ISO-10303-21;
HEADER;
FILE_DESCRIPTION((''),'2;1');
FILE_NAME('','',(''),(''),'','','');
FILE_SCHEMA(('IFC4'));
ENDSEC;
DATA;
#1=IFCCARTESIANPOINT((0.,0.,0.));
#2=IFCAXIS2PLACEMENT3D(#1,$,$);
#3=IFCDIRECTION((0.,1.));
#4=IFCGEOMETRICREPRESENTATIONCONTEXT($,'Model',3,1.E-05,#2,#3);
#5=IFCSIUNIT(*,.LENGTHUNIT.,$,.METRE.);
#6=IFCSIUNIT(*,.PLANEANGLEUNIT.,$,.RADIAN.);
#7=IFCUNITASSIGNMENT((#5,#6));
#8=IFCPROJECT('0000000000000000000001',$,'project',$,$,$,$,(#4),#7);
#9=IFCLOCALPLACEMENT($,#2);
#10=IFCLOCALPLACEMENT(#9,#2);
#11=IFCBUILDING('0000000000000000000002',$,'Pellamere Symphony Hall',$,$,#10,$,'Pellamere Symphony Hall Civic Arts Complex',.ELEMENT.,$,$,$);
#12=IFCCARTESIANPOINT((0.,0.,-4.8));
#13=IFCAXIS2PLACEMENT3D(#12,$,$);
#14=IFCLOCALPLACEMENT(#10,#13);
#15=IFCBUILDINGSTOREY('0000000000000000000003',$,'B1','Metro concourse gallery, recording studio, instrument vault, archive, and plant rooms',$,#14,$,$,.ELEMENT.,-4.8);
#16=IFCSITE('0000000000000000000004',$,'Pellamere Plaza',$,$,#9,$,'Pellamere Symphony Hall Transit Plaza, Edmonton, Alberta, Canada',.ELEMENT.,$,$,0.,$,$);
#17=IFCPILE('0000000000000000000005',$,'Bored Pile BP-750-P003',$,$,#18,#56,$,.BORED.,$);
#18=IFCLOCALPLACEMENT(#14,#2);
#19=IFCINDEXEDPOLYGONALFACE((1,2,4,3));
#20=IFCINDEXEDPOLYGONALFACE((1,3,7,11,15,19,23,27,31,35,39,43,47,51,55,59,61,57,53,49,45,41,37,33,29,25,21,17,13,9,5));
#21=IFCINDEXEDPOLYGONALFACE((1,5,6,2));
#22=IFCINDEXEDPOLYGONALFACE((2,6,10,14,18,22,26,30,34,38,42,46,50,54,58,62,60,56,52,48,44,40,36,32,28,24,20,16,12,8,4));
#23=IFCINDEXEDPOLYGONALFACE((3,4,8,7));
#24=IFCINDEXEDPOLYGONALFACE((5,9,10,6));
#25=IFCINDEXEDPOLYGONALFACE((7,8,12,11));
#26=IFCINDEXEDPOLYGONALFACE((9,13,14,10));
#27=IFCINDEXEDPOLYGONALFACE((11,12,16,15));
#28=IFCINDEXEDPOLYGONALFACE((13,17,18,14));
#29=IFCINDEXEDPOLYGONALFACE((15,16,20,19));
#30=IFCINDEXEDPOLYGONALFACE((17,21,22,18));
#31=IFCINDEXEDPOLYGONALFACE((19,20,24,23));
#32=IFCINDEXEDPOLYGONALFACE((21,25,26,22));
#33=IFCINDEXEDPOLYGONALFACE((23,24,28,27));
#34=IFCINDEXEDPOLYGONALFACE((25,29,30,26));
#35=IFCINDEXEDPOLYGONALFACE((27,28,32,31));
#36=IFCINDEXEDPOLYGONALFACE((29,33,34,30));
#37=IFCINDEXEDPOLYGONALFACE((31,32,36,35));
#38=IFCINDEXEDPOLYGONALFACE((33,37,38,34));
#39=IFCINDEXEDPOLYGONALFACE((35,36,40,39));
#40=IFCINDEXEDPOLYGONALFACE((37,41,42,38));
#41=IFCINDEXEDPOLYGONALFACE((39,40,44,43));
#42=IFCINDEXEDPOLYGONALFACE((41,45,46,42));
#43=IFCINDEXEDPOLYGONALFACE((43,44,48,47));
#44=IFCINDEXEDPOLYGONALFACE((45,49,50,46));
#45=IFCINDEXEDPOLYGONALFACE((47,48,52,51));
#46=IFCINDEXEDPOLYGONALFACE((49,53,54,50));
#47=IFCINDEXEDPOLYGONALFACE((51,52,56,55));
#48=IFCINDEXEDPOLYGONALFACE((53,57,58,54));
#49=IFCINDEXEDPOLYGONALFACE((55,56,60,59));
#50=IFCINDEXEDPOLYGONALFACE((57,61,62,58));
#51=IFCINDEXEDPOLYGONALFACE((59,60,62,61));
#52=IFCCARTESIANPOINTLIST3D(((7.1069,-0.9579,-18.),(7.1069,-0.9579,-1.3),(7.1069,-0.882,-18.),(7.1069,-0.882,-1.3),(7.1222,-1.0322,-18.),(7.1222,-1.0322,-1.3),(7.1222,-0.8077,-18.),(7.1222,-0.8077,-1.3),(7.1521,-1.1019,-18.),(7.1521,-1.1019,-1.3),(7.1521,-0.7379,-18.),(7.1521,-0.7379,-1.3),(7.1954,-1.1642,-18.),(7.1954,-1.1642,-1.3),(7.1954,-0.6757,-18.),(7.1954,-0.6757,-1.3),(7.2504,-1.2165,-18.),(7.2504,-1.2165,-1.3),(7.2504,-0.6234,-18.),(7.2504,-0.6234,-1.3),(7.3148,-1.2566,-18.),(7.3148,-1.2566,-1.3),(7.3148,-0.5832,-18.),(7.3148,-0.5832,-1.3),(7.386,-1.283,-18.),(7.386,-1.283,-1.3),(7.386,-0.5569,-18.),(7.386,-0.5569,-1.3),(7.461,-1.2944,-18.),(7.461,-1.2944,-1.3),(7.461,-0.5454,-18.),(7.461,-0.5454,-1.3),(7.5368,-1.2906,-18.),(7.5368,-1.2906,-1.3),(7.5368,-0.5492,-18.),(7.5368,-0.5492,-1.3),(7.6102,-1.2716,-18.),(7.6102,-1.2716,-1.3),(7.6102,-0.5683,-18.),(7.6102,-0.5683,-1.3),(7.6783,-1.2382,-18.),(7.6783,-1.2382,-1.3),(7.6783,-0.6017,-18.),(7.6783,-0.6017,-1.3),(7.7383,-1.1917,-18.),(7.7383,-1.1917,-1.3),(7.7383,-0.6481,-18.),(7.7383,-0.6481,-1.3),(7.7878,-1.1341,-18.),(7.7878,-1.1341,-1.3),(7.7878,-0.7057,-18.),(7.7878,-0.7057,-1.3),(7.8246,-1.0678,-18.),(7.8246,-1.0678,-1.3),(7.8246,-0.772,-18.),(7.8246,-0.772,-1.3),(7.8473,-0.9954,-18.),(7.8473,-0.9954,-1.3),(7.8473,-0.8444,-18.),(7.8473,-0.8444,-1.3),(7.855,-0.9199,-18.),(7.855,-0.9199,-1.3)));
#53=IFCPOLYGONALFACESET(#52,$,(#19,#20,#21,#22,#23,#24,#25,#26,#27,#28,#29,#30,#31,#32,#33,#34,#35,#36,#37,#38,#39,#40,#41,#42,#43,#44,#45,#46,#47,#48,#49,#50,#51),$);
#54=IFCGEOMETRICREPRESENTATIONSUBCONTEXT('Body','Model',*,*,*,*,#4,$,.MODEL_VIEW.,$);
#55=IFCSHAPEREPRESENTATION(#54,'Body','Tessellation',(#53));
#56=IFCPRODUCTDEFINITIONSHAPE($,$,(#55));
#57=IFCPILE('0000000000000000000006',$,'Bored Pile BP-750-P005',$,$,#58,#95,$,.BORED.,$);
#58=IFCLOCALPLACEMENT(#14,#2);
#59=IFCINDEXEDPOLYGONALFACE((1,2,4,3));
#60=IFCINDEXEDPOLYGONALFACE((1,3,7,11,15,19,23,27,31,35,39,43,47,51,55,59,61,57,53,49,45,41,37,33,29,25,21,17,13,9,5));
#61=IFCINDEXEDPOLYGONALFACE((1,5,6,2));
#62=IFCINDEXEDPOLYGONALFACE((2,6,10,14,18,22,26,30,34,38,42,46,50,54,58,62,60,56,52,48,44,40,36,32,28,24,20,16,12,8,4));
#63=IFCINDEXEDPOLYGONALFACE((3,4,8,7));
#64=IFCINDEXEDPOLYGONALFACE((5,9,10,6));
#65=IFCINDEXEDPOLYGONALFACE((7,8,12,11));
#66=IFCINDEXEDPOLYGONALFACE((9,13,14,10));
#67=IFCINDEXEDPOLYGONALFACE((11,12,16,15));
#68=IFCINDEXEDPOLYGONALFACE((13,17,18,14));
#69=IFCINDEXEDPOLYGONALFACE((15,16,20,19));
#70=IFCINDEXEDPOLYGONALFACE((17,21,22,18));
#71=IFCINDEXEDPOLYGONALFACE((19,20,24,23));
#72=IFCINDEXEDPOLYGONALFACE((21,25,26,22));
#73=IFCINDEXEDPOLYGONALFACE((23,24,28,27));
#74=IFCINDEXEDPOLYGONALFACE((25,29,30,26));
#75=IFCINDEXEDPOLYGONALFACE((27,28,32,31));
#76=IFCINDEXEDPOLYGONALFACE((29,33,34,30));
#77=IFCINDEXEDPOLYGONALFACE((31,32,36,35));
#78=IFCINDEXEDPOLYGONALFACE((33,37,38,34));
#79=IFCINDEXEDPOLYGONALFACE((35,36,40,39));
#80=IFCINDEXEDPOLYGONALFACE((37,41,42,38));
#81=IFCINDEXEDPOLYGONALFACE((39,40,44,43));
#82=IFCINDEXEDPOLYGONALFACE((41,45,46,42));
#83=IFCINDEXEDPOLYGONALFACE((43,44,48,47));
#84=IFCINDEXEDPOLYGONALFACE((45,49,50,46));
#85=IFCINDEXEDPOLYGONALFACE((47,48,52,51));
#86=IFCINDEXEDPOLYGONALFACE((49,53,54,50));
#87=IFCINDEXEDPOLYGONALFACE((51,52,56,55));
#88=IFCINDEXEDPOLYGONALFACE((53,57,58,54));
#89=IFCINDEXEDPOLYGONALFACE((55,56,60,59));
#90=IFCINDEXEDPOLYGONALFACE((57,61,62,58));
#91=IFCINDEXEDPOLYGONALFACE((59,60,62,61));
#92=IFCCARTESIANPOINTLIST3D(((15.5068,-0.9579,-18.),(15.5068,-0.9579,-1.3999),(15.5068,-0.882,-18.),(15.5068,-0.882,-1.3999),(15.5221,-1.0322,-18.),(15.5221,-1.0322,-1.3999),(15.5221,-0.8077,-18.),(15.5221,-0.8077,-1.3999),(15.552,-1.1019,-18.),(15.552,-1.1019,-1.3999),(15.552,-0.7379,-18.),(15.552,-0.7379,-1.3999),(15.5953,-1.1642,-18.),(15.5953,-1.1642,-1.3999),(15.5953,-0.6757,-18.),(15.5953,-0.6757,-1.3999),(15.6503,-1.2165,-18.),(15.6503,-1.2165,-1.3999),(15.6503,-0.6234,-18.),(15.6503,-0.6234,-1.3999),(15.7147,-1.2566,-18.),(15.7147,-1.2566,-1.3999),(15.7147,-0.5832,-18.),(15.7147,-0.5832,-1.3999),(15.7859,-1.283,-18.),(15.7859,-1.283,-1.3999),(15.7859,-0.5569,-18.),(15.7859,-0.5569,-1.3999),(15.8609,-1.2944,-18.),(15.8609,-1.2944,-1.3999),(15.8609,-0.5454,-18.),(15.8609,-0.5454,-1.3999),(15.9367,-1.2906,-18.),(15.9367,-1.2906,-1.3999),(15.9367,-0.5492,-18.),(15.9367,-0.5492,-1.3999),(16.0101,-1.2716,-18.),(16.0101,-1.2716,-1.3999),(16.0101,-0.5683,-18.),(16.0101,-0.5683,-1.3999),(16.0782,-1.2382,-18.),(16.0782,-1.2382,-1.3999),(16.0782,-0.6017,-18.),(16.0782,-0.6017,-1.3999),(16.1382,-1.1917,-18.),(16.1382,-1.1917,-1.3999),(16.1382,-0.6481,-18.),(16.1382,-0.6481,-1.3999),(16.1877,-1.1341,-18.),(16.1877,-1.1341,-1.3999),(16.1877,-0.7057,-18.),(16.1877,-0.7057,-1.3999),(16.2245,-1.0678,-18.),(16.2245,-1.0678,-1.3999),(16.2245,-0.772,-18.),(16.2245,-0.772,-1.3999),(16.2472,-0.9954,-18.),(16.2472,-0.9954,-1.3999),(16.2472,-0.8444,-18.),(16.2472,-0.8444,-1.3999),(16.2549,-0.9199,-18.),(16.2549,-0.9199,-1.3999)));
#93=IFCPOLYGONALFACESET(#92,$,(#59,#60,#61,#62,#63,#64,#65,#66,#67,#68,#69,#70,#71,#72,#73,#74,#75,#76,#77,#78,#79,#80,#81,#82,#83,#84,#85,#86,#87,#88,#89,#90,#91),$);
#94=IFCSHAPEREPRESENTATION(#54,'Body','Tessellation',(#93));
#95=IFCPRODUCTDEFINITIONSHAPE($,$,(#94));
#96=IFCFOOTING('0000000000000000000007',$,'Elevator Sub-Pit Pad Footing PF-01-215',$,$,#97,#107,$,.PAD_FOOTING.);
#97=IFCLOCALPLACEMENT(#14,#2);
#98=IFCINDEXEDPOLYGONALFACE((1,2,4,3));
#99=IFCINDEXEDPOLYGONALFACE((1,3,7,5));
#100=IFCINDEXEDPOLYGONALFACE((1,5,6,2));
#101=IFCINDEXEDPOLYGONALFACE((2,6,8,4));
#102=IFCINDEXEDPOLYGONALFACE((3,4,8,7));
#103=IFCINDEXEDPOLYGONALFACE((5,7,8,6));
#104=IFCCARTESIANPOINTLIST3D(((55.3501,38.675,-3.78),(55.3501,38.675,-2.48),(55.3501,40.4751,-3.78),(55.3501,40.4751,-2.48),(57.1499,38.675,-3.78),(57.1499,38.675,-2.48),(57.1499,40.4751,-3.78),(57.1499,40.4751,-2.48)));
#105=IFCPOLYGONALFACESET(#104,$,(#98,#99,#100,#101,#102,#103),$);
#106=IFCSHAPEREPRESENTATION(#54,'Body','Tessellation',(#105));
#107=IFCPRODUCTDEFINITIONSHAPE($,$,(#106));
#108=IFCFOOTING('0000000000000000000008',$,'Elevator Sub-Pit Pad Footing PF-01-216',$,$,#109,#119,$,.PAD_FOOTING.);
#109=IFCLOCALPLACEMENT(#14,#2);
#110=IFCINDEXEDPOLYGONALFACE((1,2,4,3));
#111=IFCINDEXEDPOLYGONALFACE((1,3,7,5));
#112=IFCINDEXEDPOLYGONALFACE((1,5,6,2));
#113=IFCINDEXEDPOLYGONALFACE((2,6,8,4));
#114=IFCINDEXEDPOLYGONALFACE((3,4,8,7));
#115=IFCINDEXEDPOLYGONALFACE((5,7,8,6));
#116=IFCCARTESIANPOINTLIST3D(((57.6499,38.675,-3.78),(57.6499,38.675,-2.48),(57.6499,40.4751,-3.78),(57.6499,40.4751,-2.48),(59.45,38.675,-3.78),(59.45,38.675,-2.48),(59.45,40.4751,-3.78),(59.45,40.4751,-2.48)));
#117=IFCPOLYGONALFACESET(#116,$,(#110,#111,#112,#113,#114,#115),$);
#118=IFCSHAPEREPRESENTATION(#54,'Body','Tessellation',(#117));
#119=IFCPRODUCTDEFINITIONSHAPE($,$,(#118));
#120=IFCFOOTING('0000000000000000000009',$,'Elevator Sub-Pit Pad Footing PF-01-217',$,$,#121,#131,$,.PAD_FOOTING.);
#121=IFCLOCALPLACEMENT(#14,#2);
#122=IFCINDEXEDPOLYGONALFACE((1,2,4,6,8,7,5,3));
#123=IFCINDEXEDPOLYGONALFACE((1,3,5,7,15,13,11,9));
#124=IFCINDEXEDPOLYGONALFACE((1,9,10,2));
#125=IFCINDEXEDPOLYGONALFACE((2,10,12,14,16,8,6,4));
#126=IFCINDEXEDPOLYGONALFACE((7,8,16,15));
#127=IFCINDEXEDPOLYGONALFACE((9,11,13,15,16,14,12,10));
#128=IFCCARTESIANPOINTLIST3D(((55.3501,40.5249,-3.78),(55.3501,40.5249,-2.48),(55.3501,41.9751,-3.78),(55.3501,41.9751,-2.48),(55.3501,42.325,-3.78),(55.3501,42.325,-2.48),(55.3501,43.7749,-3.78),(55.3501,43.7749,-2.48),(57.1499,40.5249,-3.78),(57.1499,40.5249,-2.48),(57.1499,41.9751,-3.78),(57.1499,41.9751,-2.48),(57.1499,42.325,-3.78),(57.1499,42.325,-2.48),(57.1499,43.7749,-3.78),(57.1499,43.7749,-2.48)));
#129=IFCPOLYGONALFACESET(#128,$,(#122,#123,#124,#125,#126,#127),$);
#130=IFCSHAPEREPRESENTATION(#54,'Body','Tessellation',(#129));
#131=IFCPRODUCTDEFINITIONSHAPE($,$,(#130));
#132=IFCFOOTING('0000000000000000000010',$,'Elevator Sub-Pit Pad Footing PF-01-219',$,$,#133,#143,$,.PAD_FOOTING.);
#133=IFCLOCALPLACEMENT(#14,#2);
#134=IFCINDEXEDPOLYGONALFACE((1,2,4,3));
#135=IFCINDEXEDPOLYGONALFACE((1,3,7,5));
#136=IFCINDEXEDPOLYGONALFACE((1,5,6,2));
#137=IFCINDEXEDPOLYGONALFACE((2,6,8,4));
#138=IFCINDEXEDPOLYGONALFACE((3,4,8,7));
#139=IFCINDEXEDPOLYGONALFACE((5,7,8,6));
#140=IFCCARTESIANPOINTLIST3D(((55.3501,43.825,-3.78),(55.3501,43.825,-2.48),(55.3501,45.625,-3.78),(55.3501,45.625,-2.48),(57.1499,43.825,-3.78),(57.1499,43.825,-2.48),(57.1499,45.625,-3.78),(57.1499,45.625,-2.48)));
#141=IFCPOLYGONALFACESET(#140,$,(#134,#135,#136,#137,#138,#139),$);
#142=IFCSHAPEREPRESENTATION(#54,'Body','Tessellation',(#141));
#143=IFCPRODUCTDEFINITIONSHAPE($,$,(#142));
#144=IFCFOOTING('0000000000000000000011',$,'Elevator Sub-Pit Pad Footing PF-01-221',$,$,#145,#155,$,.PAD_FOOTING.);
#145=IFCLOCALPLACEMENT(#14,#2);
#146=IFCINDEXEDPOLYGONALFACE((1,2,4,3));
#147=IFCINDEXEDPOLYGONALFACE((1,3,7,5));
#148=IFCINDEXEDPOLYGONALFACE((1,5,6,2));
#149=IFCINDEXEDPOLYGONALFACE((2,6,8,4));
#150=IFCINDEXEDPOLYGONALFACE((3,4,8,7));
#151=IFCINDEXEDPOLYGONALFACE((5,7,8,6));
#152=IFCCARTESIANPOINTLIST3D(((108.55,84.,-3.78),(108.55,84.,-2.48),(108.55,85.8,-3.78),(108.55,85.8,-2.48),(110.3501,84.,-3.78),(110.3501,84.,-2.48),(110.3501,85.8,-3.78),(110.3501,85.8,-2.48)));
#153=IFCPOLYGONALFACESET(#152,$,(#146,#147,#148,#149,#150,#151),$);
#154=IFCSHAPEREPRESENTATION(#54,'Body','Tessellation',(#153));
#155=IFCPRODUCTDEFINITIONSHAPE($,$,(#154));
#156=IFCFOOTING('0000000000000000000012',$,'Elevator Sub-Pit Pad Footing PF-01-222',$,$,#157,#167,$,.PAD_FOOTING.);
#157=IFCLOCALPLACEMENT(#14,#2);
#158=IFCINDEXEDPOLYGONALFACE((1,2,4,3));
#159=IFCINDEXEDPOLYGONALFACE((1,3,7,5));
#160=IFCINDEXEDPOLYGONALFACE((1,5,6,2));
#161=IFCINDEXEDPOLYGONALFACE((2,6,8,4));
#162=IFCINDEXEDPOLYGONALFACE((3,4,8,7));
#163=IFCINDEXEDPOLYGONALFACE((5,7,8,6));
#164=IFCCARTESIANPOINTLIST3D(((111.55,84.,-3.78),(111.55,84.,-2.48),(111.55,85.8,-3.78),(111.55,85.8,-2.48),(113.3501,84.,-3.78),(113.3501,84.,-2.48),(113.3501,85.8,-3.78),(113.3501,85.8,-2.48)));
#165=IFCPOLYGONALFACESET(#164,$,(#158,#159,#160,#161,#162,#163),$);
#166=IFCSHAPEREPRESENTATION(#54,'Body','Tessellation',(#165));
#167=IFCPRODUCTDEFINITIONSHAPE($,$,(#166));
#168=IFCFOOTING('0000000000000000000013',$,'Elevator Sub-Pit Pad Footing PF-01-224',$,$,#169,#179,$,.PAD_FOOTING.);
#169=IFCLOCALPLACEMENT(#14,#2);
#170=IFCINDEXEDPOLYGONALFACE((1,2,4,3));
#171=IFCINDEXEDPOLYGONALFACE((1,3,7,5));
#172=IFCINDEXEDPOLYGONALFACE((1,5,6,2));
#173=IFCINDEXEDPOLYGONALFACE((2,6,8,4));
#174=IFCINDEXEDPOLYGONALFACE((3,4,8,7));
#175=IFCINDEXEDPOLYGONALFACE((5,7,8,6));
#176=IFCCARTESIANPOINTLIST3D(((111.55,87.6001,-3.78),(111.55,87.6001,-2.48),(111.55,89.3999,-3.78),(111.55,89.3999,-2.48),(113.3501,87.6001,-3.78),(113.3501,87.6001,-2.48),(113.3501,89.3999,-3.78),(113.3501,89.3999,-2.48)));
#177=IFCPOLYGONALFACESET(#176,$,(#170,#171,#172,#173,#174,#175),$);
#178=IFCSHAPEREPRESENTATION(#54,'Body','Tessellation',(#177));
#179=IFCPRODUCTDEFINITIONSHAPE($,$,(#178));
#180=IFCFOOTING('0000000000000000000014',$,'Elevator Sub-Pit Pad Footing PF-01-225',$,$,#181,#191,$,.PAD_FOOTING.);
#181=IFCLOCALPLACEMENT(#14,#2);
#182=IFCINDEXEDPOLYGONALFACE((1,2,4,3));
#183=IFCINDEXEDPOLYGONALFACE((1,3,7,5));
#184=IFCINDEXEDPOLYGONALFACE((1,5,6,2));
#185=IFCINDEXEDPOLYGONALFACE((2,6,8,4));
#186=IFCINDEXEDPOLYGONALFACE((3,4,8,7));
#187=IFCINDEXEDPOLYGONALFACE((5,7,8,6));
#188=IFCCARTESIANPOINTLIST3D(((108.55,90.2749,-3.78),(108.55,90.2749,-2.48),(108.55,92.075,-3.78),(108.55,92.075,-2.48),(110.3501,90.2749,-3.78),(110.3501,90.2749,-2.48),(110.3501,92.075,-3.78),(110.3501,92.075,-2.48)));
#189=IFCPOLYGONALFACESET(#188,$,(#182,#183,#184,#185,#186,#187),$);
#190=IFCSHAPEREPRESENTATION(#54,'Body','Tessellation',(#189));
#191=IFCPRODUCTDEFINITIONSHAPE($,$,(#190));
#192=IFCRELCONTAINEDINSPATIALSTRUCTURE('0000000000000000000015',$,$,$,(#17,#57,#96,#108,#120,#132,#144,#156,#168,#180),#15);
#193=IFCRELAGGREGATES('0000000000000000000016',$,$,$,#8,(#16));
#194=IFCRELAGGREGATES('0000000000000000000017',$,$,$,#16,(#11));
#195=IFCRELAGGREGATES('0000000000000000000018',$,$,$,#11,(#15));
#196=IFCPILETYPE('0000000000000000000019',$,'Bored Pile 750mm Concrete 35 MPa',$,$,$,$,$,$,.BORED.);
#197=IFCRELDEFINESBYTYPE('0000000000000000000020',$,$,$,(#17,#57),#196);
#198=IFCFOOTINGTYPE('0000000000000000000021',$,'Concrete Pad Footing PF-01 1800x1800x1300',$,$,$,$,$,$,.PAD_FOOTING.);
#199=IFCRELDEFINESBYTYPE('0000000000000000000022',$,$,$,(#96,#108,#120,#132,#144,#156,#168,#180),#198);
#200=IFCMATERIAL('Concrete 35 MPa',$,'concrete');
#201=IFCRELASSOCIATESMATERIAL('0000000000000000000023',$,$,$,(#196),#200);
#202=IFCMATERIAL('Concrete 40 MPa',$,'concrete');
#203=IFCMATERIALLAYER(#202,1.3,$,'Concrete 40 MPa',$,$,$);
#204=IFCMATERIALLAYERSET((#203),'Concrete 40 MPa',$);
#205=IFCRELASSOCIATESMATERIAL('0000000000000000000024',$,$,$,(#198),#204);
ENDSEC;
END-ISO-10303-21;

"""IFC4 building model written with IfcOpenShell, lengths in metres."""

from ifc_helpers import new_model, si_unit, direction, frame, origin, origin_2d, place, context, subcontext, project, spatial, polyline, circle, outline, extrude, material, layer, layer_set, material_profile, profile_set, type_object, element, save


model = new_model("IFC4")

# Units and contexts
model_context = context("Model", 3, precision=1e-05, world=origin(), true_north=direction((0.0, 1.0)))
body_context = subcontext(model_context, "Body", "Model", "MODEL_VIEW")
ifc_project = project(units=[si_unit("LENGTHUNIT", "METRE"), si_unit("PLANEANGLEUNIT", "RADIAN")], contexts=[model_context])

# Site, building, storey
site_placement = place(None, origin())
site = spatial("IfcSite", under=ifc_project, at=site_placement, Name="Pellamere Plaza", LongName="Pellamere Symphony Hall Transit Plaza, Edmonton, Alberta, Canada", CompositionType="ELEMENT", RefElevation=0.0)
building_placement = place(site_placement, origin())
building = spatial("IfcBuilding", under=site, at=building_placement, Name="Pellamere Symphony Hall", LongName="Pellamere Symphony Hall Civic Arts Complex", CompositionType="ELEMENT")
storey_placement = place(building_placement, frame((0.0, 0.0, -4.8)))
storey = spatial("IfcBuildingStorey", under=building, at=storey_placement, Name="B1", Description="Metro concourse gallery, recording studio, instrument vault, archive, and plant rooms", CompositionType="ELEMENT", Elevation=-4.8)

# Piles
ifc_material_1 = material(Name="Concrete 35 MPa", Category="concrete")
ifc_material_profile = material_profile(ifc_material_1, circle(Radius=0.375, at=origin_2d()), Name="PILE D750")
ifc_profile_set = profile_set([ifc_material_profile], Name="Concrete 35 MPa")
pile_type = type_object("IfcPileType", Name="Bored Pile 750mm Concrete 35 MPa", PredefinedType="BORED", material=ifc_profile_set)
pile_1_placement = place(storey_placement, frame((7.48, -0.9199, -1.3), z_axis=(0.0, 0.0, -1.0), x_axis=(1.0, 0.0, 0.0)))
element("IfcPile", 1, at=pile_1_placement, inside=storey, type_object=pile_type, Name="Bored Pile BP-750-P003", PredefinedType="BORED", context=body_context, shape_type="SweptSolid", body=[
    extrude(circle(Radius=0.375, at=origin_2d()), origin(), (0.0, 0.0, 1.0), 16.7),
])
pile_2_placement = place(storey_placement, frame((15.8799, -0.9199, -1.3999), z_axis=(0.0, 0.0, -1.0), x_axis=(1.0, 0.0, 0.0)))
element("IfcPile", 2, at=pile_2_placement, inside=storey, type_object=pile_type, Name="Bored Pile BP-750-P005", PredefinedType="BORED", context=body_context, shape_type="SweptSolid", body=[
    extrude(circle(Radius=0.375, at=origin_2d()), origin(), (0.0, 0.0, 1.0), 16.6001),
])

# Footings
ifc_material_2 = material(Name="Concrete 40 MPa", Category="concrete")
ifc_layer_1 = layer(ifc_material_2, 1.3, Name="Concrete 40 MPa")
ifc_layer_set_1 = layer_set([ifc_layer_1], Name="Concrete 40 MPa")
footing_type_1 = type_object("IfcFootingType", Name="Concrete Pad Footing PF-01 1800x1800x1300", PredefinedType="PAD_FOOTING", material=ifc_layer_set_1)
footing_1_placement = place(storey_placement, frame((0.0, 0.0, -3.78)))
element("IfcFooting", 3, at=footing_1_placement, inside=storey, type_object=footing_type_1, Name="Elevator Sub-Pit Pad Footing PF-01-215", PredefinedType="PAD_FOOTING", context=body_context, shape_type="SweptSolid", body=[
    extrude(outline(polyline([(55.3501, 38.675), (55.3501, 40.4751), (57.1499, 40.4751), (57.1499, 38.675), (55.3501, 38.675)])), origin(), (0.0, 0.0, 1.0), 1.3),
])
footing_2_placement = place(storey_placement, frame((0.0, 0.0, -3.78)))
element("IfcFooting", 4, at=footing_2_placement, inside=storey, type_object=footing_type_1, Name="Elevator Sub-Pit Pad Footing PF-01-216", PredefinedType="PAD_FOOTING", context=body_context, shape_type="SweptSolid", body=[
    extrude(outline(polyline([(57.6499, 38.675), (57.6499, 40.4751), (59.45, 40.4751), (59.45, 38.675), (57.6499, 38.675)])), origin(), (0.0, 0.0, 1.0), 1.3),
])
footing_3_placement = place(storey_placement, frame((0.0, 0.0, -3.78)))
element("IfcFooting", 5, at=footing_3_placement, inside=storey, type_object=footing_type_1, Name="Elevator Sub-Pit Pad Footing PF-01-217", PredefinedType="PAD_FOOTING", context=body_context, shape_type="SweptSolid", body=[
    extrude(outline(polyline([(55.3501, 40.5249), (55.3501, 41.9751), (55.3501, 42.325), (55.3501, 43.7749), (57.1499, 43.7749), (57.1499, 42.325), (57.1499, 41.9751), (57.1499, 40.5249), (55.3501, 40.5249)])), origin(), (0.0, 0.0, 1.0), 1.3),
])
footing_4_placement = place(storey_placement, frame((0.0, 0.0, -3.78)))
element("IfcFooting", 6, at=footing_4_placement, inside=storey, type_object=footing_type_1, Name="Elevator Sub-Pit Pad Footing PF-01-219", PredefinedType="PAD_FOOTING", context=body_context, shape_type="SweptSolid", body=[
    extrude(outline(polyline([(55.3501, 43.825), (55.3501, 45.625), (57.1499, 45.625), (57.1499, 43.825), (55.3501, 43.825)])), origin(), (0.0, 0.0, 1.0), 1.3),
])
footing_5_placement = place(storey_placement, frame((0.0, 0.0, -3.78)))
element("IfcFooting", 7, at=footing_5_placement, inside=storey, type_object=footing_type_1, Name="Elevator Sub-Pit Pad Footing PF-01-221", PredefinedType="PAD_FOOTING", context=body_context, shape_type="SweptSolid", body=[
    extrude(outline(polyline([(108.55, 84.0), (108.55, 85.8), (110.3501, 85.8), (110.3501, 84.0), (108.55, 84.0)])), origin(), (0.0, 0.0, 1.0), 1.3),
])
footing_6_placement = place(storey_placement, frame((0.0, 0.0, -3.78)))
element("IfcFooting", 8, at=footing_6_placement, inside=storey, type_object=footing_type_1, Name="Elevator Sub-Pit Pad Footing PF-01-222", PredefinedType="PAD_FOOTING", context=body_context, shape_type="SweptSolid", body=[
    extrude(outline(polyline([(111.55, 84.0), (111.55, 85.8), (113.3501, 85.8), (113.3501, 84.0), (111.55, 84.0)])), origin(), (0.0, 0.0, 1.0), 1.3),
])
footing_7_placement = place(storey_placement, frame((0.0, 0.0, -3.78)))
element("IfcFooting", 9, at=footing_7_placement, inside=storey, type_object=footing_type_1, Name="Elevator Sub-Pit Pad Footing PF-01-224", PredefinedType="PAD_FOOTING", context=body_context, shape_type="SweptSolid", body=[
    extrude(outline(polyline([(111.55, 87.6001), (111.55, 89.3999), (113.3501, 89.3999), (113.3501, 87.6001), (111.55, 87.6001)])), origin(), (0.0, 0.0, 1.0), 1.3),
])
footing_8_placement = place(storey_placement, frame((0.0, 0.0, -3.78)))
element("IfcFooting", 10, at=footing_8_placement, inside=storey, type_object=footing_type_1, Name="Elevator Sub-Pit Pad Footing PF-01-225", PredefinedType="PAD_FOOTING", context=body_context, shape_type="SweptSolid", body=[
    extrude(outline(polyline([(108.55, 90.2749), (108.55, 92.075), (110.3501, 92.075), (110.3501, 90.2749), (108.55, 90.2749)])), origin(), (0.0, 0.0, 1.0), 1.3),
])

save(model, "model.ifc")
